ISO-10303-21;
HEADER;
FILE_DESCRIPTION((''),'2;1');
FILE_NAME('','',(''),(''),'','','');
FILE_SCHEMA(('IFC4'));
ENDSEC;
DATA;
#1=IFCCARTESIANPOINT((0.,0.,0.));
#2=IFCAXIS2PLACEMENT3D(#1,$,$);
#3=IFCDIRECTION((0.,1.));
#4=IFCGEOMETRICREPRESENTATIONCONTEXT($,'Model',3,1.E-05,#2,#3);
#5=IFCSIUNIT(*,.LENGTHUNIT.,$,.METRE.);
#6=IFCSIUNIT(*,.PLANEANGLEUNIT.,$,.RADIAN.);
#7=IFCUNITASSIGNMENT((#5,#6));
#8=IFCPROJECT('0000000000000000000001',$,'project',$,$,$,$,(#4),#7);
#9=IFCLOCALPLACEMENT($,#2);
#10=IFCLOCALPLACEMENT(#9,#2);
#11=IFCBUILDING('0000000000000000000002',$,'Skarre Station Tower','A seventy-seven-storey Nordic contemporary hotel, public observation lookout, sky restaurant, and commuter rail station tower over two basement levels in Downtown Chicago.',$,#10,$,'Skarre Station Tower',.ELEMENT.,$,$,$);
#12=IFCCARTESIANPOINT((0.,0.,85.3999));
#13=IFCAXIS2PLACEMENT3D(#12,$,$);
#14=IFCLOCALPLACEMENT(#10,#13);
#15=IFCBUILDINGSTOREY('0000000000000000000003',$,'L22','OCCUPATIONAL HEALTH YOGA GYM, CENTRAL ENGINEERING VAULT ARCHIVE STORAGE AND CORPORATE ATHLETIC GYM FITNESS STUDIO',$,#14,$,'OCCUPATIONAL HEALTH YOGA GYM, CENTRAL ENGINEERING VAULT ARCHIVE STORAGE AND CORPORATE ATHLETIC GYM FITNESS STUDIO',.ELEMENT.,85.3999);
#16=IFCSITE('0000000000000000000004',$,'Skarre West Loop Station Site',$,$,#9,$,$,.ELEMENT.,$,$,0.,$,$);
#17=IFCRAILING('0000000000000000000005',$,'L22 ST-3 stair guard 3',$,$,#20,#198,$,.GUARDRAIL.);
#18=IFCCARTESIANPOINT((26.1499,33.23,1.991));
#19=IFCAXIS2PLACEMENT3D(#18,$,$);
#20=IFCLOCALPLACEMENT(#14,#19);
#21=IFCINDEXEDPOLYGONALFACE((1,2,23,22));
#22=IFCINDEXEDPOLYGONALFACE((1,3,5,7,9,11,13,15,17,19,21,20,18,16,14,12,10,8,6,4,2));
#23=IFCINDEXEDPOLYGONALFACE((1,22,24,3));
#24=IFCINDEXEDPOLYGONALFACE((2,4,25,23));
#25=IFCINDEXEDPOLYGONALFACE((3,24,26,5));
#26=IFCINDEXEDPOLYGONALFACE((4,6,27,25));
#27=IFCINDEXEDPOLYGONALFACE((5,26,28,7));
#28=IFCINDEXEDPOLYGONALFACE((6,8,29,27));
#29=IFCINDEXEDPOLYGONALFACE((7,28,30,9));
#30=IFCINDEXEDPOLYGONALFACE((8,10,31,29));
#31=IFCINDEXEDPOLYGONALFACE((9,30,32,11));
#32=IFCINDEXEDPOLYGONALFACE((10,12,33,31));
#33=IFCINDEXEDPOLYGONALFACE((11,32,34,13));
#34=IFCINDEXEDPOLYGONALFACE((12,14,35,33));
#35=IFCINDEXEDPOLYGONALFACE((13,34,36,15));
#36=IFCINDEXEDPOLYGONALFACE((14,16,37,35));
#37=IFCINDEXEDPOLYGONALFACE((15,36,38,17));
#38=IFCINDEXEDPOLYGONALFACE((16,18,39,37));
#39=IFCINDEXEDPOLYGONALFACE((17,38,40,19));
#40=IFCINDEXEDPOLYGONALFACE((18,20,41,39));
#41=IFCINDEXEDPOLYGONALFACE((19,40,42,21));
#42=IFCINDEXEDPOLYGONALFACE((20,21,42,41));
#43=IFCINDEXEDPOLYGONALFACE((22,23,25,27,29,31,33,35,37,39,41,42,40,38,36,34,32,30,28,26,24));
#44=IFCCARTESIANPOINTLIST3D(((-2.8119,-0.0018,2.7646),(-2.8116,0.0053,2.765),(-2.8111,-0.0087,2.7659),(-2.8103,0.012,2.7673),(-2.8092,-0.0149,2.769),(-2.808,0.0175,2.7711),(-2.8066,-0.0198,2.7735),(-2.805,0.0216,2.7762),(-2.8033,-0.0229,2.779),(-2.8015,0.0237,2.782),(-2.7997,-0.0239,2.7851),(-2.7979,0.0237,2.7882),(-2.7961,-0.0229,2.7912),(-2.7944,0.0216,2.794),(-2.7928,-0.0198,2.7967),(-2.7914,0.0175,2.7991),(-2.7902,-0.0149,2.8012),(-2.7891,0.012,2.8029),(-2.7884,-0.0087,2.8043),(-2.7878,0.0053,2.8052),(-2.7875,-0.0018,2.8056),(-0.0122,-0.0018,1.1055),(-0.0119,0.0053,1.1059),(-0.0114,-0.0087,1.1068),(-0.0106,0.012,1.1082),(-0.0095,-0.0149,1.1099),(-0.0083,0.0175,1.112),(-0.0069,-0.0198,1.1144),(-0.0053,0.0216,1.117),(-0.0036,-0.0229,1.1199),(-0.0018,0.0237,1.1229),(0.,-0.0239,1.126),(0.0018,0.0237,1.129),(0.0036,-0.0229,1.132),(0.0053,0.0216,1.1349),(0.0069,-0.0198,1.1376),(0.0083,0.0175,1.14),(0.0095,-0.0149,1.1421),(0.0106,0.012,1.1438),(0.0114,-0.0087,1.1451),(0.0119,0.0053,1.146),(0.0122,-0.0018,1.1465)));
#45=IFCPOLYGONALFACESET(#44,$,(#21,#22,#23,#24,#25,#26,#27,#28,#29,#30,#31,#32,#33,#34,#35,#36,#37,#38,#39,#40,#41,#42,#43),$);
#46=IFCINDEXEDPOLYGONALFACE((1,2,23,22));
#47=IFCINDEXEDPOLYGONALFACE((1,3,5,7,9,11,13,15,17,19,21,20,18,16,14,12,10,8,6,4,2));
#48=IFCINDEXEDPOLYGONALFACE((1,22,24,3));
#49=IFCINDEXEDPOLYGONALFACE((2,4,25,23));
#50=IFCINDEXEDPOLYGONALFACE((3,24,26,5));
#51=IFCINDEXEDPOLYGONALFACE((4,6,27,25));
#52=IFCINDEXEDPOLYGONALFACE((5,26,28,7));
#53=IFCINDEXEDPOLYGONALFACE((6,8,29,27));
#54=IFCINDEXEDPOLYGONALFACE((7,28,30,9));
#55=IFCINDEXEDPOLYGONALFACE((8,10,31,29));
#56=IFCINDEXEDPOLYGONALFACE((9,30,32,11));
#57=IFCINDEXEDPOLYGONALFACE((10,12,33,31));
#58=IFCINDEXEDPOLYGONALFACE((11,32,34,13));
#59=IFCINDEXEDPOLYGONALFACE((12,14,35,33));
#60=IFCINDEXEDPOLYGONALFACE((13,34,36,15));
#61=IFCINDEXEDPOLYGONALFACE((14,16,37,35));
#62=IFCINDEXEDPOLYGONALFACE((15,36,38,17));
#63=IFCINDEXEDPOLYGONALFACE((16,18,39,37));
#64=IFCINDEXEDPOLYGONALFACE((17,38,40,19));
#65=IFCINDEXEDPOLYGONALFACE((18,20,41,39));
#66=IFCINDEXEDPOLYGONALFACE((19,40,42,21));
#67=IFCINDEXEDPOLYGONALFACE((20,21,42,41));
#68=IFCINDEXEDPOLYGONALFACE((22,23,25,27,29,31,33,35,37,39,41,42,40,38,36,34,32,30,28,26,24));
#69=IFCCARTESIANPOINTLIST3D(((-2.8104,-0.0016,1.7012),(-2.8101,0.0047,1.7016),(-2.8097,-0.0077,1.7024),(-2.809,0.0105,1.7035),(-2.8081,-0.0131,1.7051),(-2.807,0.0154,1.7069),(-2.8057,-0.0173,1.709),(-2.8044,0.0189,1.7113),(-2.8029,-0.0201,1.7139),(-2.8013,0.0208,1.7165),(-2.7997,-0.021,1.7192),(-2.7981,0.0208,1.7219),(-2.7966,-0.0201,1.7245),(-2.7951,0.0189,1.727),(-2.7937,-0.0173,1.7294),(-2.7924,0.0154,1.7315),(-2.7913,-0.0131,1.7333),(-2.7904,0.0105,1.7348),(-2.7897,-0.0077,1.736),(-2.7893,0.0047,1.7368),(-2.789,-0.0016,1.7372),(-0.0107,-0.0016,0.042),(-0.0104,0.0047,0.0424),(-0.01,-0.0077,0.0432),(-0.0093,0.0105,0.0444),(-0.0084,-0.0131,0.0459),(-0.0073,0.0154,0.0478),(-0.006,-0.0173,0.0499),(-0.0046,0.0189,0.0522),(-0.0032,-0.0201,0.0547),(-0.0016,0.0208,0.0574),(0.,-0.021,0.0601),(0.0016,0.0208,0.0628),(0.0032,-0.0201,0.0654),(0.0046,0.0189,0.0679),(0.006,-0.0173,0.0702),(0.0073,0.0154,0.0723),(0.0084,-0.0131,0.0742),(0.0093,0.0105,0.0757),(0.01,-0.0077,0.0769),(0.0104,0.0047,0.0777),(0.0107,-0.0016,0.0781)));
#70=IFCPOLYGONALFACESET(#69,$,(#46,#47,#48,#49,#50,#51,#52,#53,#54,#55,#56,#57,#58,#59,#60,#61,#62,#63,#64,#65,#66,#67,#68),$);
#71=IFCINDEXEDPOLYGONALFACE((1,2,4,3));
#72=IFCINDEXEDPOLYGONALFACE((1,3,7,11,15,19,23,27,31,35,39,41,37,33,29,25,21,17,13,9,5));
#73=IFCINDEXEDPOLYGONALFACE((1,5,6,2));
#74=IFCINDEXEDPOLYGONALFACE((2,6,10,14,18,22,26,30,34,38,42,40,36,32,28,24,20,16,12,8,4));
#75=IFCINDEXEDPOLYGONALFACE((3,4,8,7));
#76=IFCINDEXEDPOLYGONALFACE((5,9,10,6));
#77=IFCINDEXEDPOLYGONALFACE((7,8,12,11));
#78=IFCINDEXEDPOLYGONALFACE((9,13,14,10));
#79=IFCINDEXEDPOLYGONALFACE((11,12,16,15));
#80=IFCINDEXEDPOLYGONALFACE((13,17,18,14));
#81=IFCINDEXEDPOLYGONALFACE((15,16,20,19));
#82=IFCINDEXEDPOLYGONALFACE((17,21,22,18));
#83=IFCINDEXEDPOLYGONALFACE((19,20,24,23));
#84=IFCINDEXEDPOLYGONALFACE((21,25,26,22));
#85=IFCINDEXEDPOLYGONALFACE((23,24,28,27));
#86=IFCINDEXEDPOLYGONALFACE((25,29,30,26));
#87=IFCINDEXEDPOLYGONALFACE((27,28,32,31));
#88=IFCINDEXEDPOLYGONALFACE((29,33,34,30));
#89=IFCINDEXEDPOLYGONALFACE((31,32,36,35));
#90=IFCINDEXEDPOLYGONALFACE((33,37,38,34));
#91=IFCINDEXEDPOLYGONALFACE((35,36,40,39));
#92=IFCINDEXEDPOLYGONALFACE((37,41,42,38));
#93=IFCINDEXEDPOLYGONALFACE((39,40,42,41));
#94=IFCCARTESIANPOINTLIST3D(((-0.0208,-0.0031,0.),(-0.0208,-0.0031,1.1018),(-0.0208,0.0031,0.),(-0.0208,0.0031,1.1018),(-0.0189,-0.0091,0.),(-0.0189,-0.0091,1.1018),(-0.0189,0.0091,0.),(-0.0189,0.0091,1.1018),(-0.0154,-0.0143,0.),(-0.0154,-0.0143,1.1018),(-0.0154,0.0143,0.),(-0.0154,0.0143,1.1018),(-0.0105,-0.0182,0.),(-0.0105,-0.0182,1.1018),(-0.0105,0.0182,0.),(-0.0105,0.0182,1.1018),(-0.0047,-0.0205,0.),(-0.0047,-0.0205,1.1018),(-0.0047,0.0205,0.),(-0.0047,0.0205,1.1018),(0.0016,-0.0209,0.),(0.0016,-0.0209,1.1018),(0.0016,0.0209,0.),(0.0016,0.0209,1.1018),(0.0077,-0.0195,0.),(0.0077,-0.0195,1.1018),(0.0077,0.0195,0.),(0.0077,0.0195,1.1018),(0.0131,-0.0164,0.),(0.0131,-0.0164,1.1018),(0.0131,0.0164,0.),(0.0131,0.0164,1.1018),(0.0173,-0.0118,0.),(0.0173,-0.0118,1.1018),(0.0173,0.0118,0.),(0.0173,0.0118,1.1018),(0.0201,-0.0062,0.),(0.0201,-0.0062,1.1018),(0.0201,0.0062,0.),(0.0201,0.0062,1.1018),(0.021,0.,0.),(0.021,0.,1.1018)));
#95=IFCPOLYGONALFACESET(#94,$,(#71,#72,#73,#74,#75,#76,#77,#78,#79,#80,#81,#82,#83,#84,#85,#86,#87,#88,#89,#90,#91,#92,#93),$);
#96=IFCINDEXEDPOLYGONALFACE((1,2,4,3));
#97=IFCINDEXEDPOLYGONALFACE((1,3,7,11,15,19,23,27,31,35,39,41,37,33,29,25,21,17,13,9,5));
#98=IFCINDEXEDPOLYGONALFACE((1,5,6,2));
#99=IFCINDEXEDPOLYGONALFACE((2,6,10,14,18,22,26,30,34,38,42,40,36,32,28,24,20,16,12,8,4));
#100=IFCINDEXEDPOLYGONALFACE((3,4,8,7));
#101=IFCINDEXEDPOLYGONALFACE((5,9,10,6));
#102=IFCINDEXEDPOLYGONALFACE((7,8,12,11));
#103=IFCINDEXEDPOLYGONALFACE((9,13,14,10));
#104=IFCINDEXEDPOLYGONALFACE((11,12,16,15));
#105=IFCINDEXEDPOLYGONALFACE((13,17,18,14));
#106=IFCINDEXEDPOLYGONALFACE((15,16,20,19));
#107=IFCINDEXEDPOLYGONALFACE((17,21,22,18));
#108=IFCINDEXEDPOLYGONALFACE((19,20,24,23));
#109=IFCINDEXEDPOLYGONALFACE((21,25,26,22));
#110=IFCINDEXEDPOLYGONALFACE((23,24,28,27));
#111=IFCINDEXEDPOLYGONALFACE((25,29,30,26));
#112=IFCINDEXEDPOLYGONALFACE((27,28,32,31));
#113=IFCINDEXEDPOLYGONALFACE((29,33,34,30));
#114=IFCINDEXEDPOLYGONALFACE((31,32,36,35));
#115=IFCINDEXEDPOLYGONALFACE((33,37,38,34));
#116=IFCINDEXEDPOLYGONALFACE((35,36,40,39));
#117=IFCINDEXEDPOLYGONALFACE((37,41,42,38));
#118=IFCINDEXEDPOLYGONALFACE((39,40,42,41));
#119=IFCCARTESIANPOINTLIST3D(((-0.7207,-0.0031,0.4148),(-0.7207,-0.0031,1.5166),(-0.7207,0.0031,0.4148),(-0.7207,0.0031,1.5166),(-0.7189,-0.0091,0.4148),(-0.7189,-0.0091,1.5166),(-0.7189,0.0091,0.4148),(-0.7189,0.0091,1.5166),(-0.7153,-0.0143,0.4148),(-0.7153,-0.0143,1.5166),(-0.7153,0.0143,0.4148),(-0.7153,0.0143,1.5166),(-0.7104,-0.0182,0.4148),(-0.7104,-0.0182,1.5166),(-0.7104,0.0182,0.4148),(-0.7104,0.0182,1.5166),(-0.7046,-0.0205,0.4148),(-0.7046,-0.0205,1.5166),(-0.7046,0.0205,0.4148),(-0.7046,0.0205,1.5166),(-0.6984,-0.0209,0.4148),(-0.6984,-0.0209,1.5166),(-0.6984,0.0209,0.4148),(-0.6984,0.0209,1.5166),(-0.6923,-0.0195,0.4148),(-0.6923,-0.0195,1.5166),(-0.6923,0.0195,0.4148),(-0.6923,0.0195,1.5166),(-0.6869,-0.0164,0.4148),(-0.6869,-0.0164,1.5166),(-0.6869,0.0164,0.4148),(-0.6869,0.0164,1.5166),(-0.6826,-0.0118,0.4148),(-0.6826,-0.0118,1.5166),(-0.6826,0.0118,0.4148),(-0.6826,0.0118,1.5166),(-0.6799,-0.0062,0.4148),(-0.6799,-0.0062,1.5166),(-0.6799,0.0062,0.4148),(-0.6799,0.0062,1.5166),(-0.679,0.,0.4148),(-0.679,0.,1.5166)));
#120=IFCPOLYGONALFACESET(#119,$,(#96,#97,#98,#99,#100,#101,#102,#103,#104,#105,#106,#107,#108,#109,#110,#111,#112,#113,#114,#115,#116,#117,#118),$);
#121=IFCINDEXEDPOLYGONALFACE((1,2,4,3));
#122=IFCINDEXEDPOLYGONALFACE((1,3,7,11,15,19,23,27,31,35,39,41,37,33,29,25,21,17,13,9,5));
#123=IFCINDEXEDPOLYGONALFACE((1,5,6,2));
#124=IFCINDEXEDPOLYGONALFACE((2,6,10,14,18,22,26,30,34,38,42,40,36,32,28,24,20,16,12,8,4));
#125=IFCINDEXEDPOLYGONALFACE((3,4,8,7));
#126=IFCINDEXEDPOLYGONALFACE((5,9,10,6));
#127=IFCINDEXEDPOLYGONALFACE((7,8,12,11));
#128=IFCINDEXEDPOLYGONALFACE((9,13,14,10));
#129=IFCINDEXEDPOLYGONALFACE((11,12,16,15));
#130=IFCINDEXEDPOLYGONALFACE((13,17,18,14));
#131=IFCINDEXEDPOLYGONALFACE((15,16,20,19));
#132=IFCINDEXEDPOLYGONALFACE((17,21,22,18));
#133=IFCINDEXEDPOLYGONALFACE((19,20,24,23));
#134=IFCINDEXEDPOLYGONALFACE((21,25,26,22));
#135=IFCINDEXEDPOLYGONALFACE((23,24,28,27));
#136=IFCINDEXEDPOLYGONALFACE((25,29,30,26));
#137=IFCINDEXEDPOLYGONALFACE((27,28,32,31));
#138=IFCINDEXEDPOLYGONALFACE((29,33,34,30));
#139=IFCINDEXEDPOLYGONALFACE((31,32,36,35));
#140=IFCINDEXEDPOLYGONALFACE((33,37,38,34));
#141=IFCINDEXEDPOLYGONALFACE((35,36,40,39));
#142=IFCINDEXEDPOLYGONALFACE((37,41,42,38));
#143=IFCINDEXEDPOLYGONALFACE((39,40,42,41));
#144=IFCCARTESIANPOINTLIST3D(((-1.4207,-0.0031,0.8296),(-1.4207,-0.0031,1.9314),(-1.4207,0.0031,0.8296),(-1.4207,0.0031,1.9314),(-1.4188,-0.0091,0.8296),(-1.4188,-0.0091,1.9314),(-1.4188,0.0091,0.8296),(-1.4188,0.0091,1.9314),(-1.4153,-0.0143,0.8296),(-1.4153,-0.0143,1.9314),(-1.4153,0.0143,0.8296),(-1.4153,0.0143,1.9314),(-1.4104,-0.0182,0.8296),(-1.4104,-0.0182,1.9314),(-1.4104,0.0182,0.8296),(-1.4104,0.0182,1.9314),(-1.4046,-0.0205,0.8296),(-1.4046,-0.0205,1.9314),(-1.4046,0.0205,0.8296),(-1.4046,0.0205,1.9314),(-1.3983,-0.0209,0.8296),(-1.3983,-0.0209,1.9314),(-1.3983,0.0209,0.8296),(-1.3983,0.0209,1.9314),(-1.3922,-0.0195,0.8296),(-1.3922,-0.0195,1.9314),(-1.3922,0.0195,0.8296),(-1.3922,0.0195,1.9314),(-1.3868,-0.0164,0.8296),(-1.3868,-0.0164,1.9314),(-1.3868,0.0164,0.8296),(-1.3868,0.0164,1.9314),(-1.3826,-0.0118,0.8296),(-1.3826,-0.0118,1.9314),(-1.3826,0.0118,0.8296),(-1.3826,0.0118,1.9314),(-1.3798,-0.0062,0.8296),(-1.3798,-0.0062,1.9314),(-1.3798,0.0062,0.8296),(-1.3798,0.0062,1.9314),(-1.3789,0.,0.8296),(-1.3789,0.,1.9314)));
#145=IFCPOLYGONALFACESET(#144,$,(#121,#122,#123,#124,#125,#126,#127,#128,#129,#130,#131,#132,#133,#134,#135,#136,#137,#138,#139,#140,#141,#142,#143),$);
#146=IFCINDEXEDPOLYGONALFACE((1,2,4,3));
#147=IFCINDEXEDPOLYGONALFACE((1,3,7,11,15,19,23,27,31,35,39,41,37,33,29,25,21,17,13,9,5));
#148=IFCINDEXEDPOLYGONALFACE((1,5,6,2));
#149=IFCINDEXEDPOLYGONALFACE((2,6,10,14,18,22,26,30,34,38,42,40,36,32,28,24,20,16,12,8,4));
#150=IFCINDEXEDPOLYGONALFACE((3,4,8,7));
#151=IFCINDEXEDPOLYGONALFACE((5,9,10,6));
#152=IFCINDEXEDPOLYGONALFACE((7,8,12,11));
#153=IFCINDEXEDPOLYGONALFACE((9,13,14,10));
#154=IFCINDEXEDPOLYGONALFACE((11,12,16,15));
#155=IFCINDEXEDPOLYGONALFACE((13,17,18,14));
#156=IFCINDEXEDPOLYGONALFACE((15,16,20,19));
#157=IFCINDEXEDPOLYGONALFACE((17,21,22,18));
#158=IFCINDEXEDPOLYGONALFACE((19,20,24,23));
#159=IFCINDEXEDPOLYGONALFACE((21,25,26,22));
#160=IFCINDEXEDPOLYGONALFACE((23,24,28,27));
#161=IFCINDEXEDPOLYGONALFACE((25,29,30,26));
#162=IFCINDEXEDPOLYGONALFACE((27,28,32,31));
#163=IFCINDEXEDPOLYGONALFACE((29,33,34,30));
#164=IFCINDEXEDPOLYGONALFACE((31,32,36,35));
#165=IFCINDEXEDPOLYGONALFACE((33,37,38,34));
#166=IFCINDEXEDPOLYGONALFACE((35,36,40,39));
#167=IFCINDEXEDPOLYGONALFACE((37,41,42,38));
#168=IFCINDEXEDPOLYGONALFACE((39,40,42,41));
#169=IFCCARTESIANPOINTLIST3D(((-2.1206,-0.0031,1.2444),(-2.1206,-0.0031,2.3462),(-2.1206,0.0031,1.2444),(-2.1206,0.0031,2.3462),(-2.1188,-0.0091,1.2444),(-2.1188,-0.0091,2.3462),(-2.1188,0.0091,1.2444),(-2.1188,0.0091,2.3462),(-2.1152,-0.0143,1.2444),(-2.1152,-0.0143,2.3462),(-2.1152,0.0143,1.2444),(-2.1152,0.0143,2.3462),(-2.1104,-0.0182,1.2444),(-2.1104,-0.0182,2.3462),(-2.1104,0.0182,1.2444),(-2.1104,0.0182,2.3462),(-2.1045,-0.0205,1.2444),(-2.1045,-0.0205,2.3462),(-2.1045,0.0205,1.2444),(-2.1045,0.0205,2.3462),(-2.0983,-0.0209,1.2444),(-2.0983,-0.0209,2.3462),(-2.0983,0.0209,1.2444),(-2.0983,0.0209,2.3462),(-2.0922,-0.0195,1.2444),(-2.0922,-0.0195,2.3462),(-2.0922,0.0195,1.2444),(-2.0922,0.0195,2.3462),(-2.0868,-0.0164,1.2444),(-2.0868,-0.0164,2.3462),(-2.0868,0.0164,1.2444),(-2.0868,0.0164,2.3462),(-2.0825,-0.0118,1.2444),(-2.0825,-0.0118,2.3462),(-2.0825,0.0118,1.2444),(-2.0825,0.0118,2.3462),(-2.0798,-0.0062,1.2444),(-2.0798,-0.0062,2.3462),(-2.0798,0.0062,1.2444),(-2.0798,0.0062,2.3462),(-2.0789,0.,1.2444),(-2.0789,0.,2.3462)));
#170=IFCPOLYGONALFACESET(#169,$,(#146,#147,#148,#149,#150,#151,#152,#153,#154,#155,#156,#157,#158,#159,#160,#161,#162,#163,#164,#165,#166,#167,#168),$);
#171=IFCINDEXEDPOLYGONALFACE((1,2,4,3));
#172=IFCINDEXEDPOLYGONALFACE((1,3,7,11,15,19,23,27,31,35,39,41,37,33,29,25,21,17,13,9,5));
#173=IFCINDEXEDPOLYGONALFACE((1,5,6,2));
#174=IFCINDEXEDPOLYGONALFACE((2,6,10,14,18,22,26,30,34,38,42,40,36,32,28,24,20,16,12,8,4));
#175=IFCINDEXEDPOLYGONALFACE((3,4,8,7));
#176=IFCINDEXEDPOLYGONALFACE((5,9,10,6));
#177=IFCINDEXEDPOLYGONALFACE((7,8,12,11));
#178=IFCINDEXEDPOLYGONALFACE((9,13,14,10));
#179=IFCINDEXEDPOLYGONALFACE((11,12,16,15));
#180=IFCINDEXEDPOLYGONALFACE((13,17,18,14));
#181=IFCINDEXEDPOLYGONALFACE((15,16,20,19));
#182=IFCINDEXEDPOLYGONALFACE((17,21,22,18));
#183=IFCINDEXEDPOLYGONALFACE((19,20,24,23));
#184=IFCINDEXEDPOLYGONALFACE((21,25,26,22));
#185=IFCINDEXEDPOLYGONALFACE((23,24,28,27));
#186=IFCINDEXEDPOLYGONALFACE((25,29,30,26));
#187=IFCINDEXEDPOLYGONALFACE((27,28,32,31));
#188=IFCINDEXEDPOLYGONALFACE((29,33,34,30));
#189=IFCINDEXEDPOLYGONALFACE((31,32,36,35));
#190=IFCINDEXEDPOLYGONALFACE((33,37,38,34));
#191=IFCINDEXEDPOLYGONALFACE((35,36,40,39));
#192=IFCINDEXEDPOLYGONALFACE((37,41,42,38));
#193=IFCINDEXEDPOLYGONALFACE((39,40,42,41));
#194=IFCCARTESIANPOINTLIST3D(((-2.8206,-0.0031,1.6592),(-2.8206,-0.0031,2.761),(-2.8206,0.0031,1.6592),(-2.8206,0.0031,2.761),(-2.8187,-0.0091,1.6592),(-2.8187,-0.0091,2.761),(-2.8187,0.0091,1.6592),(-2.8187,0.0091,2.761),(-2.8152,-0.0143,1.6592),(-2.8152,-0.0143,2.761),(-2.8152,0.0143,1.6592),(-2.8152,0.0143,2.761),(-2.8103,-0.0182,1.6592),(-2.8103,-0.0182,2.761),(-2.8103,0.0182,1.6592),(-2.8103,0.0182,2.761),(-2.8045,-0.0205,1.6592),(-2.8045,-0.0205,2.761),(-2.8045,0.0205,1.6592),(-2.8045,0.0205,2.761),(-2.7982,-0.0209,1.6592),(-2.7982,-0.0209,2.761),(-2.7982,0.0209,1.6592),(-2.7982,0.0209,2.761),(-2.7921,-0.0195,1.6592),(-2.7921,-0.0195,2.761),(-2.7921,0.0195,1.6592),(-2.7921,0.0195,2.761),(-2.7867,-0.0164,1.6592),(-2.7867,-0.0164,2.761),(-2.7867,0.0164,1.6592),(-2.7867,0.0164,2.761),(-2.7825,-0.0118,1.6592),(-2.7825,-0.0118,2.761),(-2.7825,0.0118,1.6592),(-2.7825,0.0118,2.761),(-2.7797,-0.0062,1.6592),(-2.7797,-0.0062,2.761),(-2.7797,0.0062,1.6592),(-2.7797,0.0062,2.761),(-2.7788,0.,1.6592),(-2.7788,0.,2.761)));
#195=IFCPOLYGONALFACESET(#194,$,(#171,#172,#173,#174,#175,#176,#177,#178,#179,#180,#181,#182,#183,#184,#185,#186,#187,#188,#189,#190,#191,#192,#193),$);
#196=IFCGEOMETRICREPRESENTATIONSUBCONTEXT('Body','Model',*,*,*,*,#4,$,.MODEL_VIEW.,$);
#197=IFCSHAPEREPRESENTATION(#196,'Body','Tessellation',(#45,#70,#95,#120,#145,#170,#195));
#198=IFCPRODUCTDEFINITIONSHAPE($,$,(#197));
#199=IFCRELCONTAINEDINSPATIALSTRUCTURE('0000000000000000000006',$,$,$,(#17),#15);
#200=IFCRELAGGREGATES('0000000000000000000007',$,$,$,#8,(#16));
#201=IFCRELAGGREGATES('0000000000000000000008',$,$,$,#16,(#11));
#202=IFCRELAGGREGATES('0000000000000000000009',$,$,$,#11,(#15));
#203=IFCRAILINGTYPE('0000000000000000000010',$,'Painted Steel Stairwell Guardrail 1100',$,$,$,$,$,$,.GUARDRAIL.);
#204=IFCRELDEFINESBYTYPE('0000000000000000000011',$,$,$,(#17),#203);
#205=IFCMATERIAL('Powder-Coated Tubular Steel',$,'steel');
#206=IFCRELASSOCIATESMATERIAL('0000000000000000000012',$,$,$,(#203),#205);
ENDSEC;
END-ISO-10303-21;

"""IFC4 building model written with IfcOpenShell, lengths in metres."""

from ifc_helpers import new_model, si_unit, direction, frame, origin, origin_2d, place, context, subcontext, project, spatial, circle, extrude, material, type_object, element, save


model = new_model("IFC4")

# Units and contexts
model_context = context("Model", 3, precision=1e-05, world=origin(), true_north=direction((0.0, 1.0)))
body_context = subcontext(model_context, "Body", "Model", "MODEL_VIEW")
ifc_project = project(units=[si_unit("LENGTHUNIT", "METRE"), si_unit("PLANEANGLEUNIT", "RADIAN")], contexts=[model_context])

# Site, building, storey
site_placement = place(None, origin())
site = spatial("IfcSite", under=ifc_project, at=site_placement, Name="Skarre West Loop Station Site", CompositionType="ELEMENT", RefElevation=0.0)
building_placement = place(site_placement, origin())
building = spatial("IfcBuilding", under=site, at=building_placement, Name="Skarre Station Tower", Description="A seventy-seven-storey Nordic contemporary hotel, public observation lookout, sky restaurant, and commuter rail station tower over two basement levels in Downtown Chicago.", LongName="Skarre Station Tower", CompositionType="ELEMENT")
storey_placement = place(building_placement, frame((0.0, 0.0, 85.3999)))
storey = spatial("IfcBuildingStorey", under=building, at=storey_placement, Name="L22", Description="OCCUPATIONAL HEALTH YOGA GYM, CENTRAL ENGINEERING VAULT ARCHIVE STORAGE AND CORPORATE ATHLETIC GYM FITNESS STUDIO", LongName="OCCUPATIONAL HEALTH YOGA GYM, CENTRAL ENGINEERING VAULT ARCHIVE STORAGE AND CORPORATE ATHLETIC GYM FITNESS STUDIO", CompositionType="ELEMENT", Elevation=85.3999)

# Railing
ifc_material_1 = material(Name="Powder-Coated Tubular Steel", Category="steel")
railing_type_1 = type_object("IfcRailingType", Name="Painted Steel Stairwell Guardrail 1100", PredefinedType="GUARDRAIL", material=ifc_material_1)
railing_1_placement = place(storey_placement, frame((26.1499, 33.23, 1.991)))
element("IfcRailing", 1, at=railing_1_placement, inside=storey, type_object=railing_type_1, Name="L22 ST-3 stair guard 3", PredefinedType="GUARDRAIL", context=body_context, shape_type="SweptSolid", body=[
    extrude(circle(Radius=0.0239, at=origin_2d()), frame((0.0, 0.0, 1.126), z_axis=(-0.860287, 0.0, 0.509811), x_axis=(0.0, -1.0, 0.0)), (0.0, 0.0, 1.0), 3.2544),
    extrude(circle(Radius=0.021, at=origin_2d()), frame((0.0, 0.0, 0.0601), z_axis=(-0.860287, 0.0, 0.509811), x_axis=(0.0, -1.0, 0.0)), (0.0, 0.0, 1.0), 3.2544),
    extrude(circle(Radius=0.021, at=origin_2d()), origin(), (0.0, 0.0, 1.0), 1.1018),
    extrude(circle(Radius=0.021, at=origin_2d()), frame((-0.7, 0.0, 0.4148)), (0.0, 0.0, 1.0), 1.1018),
    extrude(circle(Radius=0.021, at=origin_2d()), frame((-1.3999, 0.0, 0.8296)), (0.0, 0.0, 1.0), 1.1018),
    extrude(circle(Radius=0.021, at=origin_2d()), frame((-2.0999, 0.0, 1.2444)), (0.0, 0.0, 1.0), 1.1018),
    extrude(circle(Radius=0.021, at=origin_2d()), frame((-2.7998, 0.0, 1.6592)), (0.0, 0.0, 1.0), 1.1018),
])

save(model, "model.ifc")
